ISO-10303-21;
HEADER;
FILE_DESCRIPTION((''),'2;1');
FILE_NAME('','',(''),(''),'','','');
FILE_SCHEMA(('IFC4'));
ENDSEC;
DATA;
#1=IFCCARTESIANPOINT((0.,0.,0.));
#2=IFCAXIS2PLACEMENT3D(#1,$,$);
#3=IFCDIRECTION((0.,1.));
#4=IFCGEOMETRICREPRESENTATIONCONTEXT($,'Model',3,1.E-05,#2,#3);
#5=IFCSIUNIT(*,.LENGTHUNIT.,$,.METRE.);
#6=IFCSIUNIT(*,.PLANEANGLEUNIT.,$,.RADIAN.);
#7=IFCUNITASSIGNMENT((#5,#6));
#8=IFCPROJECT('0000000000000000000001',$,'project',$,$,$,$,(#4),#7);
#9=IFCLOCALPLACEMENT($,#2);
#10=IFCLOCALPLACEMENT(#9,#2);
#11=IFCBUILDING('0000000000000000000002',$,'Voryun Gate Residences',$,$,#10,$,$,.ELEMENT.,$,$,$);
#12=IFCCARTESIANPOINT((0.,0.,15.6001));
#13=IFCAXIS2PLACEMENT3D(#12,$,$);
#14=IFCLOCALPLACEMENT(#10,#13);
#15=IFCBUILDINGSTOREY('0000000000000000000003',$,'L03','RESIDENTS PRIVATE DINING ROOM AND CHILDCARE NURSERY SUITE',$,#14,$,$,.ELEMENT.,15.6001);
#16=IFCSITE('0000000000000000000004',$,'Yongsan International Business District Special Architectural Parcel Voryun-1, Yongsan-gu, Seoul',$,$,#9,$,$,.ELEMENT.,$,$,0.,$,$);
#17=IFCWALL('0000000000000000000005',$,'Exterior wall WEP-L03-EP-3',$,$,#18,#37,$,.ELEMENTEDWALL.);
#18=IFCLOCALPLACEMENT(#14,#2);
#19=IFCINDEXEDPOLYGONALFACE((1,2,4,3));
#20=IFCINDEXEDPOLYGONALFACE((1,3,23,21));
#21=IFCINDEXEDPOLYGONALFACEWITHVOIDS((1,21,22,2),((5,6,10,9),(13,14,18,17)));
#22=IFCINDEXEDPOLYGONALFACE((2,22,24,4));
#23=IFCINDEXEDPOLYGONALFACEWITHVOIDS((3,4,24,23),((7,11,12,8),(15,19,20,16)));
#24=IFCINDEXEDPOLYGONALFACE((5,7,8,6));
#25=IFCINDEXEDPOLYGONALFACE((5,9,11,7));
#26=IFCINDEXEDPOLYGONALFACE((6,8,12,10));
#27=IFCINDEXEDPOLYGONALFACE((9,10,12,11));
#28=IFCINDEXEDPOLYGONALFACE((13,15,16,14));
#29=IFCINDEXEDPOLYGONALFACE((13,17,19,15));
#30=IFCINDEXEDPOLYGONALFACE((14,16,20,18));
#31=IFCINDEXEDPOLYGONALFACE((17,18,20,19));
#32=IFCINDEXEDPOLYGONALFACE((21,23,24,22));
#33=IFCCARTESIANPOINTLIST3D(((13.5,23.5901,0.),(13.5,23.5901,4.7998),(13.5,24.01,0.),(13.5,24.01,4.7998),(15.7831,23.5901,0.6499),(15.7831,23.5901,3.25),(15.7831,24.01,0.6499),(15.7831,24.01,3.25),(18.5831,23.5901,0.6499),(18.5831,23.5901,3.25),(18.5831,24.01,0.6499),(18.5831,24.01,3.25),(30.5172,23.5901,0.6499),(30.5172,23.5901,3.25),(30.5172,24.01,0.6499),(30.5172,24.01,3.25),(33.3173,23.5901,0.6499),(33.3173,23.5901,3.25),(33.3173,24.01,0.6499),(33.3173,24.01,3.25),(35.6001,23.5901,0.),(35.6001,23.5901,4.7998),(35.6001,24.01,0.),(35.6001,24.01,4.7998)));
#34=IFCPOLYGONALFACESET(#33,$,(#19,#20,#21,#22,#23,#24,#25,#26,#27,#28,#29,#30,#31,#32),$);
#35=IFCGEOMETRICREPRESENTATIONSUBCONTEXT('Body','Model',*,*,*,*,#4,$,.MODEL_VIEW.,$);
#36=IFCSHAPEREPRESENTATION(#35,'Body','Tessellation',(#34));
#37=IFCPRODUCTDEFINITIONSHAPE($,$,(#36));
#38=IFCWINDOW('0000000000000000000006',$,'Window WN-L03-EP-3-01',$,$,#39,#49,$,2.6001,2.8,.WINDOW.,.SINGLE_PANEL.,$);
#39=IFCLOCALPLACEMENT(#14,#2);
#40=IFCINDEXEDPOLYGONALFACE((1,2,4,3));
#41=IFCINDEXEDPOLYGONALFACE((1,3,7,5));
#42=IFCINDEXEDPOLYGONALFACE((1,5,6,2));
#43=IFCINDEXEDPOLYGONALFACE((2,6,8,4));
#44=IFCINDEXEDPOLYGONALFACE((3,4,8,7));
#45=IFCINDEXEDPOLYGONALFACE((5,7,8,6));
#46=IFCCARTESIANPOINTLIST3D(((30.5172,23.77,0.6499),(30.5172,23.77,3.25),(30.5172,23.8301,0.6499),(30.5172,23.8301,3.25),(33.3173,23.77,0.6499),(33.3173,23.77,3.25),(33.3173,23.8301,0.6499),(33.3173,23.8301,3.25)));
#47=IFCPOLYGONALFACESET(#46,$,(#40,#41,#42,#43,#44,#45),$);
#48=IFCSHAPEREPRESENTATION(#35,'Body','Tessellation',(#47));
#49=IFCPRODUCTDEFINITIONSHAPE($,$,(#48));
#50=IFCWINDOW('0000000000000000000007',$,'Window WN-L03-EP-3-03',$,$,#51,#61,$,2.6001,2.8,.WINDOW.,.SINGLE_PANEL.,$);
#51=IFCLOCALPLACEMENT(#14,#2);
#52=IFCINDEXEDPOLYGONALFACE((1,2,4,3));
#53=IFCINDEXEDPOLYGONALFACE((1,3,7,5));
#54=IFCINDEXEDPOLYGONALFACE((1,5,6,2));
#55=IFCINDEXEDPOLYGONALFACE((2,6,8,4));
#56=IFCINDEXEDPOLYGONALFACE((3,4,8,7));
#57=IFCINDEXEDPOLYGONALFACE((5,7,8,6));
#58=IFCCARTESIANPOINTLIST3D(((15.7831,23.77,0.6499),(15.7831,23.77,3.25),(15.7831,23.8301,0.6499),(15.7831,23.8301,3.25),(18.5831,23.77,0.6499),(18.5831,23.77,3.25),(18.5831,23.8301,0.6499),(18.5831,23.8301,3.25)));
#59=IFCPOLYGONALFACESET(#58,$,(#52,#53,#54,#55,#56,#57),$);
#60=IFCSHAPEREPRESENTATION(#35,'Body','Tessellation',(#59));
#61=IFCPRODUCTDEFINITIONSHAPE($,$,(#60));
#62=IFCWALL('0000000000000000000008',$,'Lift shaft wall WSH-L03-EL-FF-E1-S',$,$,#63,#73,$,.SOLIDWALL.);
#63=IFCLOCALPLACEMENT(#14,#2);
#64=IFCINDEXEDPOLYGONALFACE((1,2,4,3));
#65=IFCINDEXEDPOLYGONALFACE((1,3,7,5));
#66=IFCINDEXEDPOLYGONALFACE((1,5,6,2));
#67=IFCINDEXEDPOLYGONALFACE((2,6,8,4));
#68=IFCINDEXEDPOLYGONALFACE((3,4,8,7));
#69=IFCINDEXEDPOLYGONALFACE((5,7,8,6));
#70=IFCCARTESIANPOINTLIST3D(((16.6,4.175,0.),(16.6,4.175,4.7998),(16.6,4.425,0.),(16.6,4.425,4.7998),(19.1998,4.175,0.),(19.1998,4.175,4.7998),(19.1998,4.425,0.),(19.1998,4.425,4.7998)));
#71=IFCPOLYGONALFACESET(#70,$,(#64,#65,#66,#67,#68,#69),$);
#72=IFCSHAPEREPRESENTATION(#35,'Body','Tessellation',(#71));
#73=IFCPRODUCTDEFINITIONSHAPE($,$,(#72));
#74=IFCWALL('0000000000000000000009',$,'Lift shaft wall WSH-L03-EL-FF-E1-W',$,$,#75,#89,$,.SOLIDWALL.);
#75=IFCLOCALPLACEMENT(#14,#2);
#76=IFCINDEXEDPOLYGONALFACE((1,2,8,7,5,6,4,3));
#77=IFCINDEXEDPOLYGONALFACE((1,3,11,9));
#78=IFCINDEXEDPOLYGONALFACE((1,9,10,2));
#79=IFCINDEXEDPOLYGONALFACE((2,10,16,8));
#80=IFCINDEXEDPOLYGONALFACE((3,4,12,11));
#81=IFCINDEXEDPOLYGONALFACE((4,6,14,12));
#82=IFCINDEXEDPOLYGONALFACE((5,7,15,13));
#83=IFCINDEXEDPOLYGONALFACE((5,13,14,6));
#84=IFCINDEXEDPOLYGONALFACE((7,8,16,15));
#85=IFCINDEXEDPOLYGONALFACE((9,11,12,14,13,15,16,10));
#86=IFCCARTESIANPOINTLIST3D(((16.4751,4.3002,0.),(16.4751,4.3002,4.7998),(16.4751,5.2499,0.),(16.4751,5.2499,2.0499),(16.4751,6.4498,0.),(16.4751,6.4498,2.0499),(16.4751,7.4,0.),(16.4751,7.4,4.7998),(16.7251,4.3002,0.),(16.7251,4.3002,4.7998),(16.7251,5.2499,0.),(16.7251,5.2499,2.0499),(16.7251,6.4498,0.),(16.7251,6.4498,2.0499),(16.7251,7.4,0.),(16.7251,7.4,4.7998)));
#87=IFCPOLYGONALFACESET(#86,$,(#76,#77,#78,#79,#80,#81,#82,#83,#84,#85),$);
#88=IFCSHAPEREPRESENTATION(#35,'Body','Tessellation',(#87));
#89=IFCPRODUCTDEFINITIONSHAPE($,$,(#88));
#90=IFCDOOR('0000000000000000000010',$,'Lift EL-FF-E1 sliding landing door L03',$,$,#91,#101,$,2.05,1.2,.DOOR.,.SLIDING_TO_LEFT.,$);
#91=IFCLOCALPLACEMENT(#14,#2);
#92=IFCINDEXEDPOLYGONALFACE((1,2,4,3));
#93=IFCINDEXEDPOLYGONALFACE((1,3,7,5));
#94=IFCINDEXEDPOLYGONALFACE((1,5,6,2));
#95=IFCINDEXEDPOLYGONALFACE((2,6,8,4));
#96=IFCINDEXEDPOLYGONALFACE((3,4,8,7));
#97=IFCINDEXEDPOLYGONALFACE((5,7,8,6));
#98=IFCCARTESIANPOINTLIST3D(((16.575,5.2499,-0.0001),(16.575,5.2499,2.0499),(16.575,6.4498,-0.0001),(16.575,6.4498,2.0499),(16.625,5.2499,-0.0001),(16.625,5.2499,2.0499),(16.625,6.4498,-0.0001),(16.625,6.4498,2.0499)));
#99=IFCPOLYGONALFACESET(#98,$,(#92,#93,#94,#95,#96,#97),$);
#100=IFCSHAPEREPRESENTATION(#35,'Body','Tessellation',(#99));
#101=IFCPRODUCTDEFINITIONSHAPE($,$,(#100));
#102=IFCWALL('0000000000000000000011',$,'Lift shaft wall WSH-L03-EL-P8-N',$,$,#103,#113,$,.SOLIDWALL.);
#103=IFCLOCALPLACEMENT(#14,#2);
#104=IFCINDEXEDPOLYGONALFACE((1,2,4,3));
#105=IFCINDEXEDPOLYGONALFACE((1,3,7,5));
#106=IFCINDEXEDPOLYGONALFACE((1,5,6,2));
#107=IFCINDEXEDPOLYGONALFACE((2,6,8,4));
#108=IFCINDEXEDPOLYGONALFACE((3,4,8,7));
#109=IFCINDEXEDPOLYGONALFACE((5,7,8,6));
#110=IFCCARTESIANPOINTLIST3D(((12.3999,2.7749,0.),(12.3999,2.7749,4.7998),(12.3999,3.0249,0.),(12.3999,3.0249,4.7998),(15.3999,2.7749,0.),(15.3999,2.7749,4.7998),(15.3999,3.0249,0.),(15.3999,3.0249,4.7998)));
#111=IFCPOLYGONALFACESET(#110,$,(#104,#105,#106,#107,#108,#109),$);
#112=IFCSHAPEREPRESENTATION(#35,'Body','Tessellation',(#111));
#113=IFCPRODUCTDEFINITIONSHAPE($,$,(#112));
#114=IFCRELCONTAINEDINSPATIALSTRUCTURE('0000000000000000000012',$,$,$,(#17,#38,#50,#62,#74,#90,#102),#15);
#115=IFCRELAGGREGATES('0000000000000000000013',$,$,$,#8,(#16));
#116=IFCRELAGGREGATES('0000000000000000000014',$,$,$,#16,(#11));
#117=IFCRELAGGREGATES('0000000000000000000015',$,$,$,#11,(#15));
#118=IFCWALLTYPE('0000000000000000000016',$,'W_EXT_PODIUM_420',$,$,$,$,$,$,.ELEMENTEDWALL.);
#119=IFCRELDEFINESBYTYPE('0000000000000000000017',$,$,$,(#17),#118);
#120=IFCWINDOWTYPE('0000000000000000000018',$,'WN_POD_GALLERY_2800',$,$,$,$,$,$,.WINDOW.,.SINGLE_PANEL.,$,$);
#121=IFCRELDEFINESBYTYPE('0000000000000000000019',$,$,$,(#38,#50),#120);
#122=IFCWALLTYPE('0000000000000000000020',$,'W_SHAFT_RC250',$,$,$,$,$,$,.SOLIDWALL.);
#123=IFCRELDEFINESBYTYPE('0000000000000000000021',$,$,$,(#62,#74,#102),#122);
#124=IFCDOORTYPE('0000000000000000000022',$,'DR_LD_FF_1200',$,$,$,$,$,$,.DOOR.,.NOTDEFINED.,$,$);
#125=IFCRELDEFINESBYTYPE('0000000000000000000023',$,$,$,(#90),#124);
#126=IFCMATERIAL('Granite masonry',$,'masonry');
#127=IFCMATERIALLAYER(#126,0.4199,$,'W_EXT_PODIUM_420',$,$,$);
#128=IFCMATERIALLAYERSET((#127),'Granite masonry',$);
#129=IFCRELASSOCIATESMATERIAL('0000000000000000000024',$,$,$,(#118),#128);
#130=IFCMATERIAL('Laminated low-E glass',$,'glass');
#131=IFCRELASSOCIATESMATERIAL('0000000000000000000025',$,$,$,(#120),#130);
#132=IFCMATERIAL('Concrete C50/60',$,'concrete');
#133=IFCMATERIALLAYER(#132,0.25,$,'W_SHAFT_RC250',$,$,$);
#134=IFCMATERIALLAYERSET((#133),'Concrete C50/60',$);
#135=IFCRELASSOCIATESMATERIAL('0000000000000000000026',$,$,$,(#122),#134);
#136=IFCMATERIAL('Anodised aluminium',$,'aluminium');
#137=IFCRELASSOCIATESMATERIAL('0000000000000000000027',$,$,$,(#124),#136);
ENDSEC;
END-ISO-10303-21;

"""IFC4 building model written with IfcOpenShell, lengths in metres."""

from ifc_helpers import new_model, si_unit, direction, frame, frame_2d, origin, place, context, subcontext, project, spatial, rectangle, extrude, material, layer, layer_set, type_object, element, fill, save


model = new_model("IFC4")

# Units and contexts
model_context = context("Model", 3, precision=1e-05, world=origin(), true_north=direction((0.0, 1.0)))
body_context = subcontext(model_context, "Body", "Model", "MODEL_VIEW")
ifc_project = project(units=[si_unit("LENGTHUNIT", "METRE"), si_unit("PLANEANGLEUNIT", "RADIAN")], contexts=[model_context])

# Site, building, storey
site_placement = place(None, origin())
site = spatial("IfcSite", under=ifc_project, at=site_placement, Name="Yongsan International Business District Special Architectural Parcel Voryun-1, Yongsan-gu, Seoul", CompositionType="ELEMENT", RefElevation=0.0)
building_placement = place(site_placement, origin())
building = spatial("IfcBuilding", under=site, at=building_placement, Name="Voryun Gate Residences", CompositionType="ELEMENT")
storey_placement = place(building_placement, frame((0.0, 0.0, 15.6001)))
storey = spatial("IfcBuildingStorey", under=building, at=storey_placement, Name="L03", Description="RESIDENTS PRIVATE DINING ROOM AND CHILDCARE NURSERY SUITE", CompositionType="ELEMENT", Elevation=15.6001)

# Shared definitions
ifc_material_1 = material(Name="Granite masonry", Category="masonry")
ifc_layer_1 = layer(ifc_material_1, 0.4199, Name="W_EXT_PODIUM_420")
ifc_layer_set_1 = layer_set([ifc_layer_1], Name="Granite masonry")
wall_type_1 = type_object("IfcWallType", Name="W_EXT_PODIUM_420", PredefinedType="ELEMENTEDWALL", material=ifc_layer_set_1)

# Wall, openings, windows
wall_1_placement = place(storey_placement, frame((35.6001, 23.8, 0.0), z_axis=(0.0, 0.0, 1.0), x_axis=(-1.0, 0.0, 0.0)))
wall_1 = element("IfcWall", 1, at=wall_1_placement, inside=storey, type_object=wall_type_1, Name="Exterior wall WEP-L03-EP-3", PredefinedType="ELEMENTEDWALL", context=body_context, shape_type="SweptSolid", body=[
    extrude(rectangle(XDim=22.1001, YDim=0.4199, at=frame_2d((11.05, 0.0))), origin(), (0.0, 0.0, 1.0), 4.7998),
])
opening_1_placement = place(wall_1_placement, frame((2.283, 0.0, 0.6499)))
opening_1 = element("IfcOpeningElement", 2, at=opening_1_placement, cuts=wall_1, PredefinedType="OPENING", context=body_context, shape_type="SweptSolid", body=[
    extrude(rectangle(XDim=2.8, YDim=2.6001, at=frame_2d((1.3999, 1.3))), frame((0.0, 0.22, 0.0), z_axis=(0.0, -1.0, 0.0), x_axis=(1.0, 0.0, 0.0)), (0.0, 0.0, 1.0), 0.4399),
])
opening_2_placement = place(wall_1_placement, frame((17.0171, 0.0, 0.6499)))
opening_2 = element("IfcOpeningElement", 3, at=opening_2_placement, cuts=wall_1, PredefinedType="OPENING", context=body_context, shape_type="SweptSolid", body=[
    extrude(rectangle(XDim=2.8, YDim=2.6001, at=frame_2d((1.3999, 1.3))), frame((0.0, 0.22, 0.0), z_axis=(0.0, -1.0, 0.0), x_axis=(1.0, 0.0, 0.0)), (0.0, 0.0, 1.0), 0.4399),
])
ifc_material_2 = material(Name="Laminated low-E glass", Category="glass")
window_type = type_object("IfcWindowType", Name="WN_POD_GALLERY_2800", PartitioningType="SINGLE_PANEL", PredefinedType="WINDOW", material=ifc_material_2)
window_1_placement = place(opening_1_placement, origin())
window_1 = element("IfcWindow", 4, at=window_1_placement, inside=storey, type_object=window_type, Name="Window WN-L03-EP-3-01", OverallHeight=2.6001, OverallWidth=2.8, PartitioningType="SINGLE_PANEL", PredefinedType="WINDOW", context=body_context, shape_type="SweptSolid", body=[
    extrude(rectangle(XDim=2.8, YDim=2.6001, at=frame_2d((1.3999, 1.3))), frame((0.0, 0.03, 0.0), z_axis=(0.0, -1.0, 0.0), x_axis=(1.0, 0.0, 0.0)), (0.0, 0.0, 1.0), 0.0601),
])
fill(opening_1, window_1)
window_2_placement = place(opening_2_placement, origin())
window_2 = element("IfcWindow", 5, at=window_2_placement, inside=storey, type_object=window_type, Name="Window WN-L03-EP-3-03", OverallHeight=2.6001, OverallWidth=2.8, PartitioningType="SINGLE_PANEL", PredefinedType="WINDOW", context=body_context, shape_type="SweptSolid", body=[
    extrude(rectangle(XDim=2.8, YDim=2.6001, at=frame_2d((1.3999, 1.3))), frame((0.0, 0.03, 0.0), z_axis=(0.0, -1.0, 0.0), x_axis=(1.0, 0.0, 0.0)), (0.0, 0.0, 1.0), 0.0601),
])
fill(opening_2, window_2)

# Wall
ifc_material_3 = material(Name="Concrete C50/60", Category="concrete")
ifc_layer_2 = layer(ifc_material_3, 0.25, Name="W_SHAFT_RC250")
ifc_layer_set_2 = layer_set([ifc_layer_2], Name="Concrete C50/60")
wall_type_2 = type_object("IfcWallType", Name="W_SHAFT_RC250", PredefinedType="SOLIDWALL", material=ifc_layer_set_2)
wall_2_placement = place(storey_placement, frame((16.6001, 4.3, 0.0), z_axis=(0.0, 0.0, 1.0), x_axis=(1.0, 0.0, 0.0)))
element("IfcWall", 6, at=wall_2_placement, inside=storey, type_object=wall_type_2, Name="Lift shaft wall WSH-L03-EL-FF-E1-S", PredefinedType="SOLIDWALL", context=body_context, shape_type="SweptSolid", body=[
    extrude(rectangle(XDim=2.5999, YDim=0.25, at=frame_2d((1.2998, 0.0))), origin(), (0.0, 0.0, 1.0), 4.7998),
])

# Wall, opening, door
wall_3_placement = place(storey_placement, frame((16.6001, 7.3999, 0.0), z_axis=(0.0, 0.0, 1.0), x_axis=(0.0, -1.0, 0.0)))
wall_3 = element("IfcWall", 7, at=wall_3_placement, inside=storey, type_object=wall_type_2, Name="Lift shaft wall WSH-L03-EL-FF-E1-W", PredefinedType="SOLIDWALL", context=body_context, shape_type="SweptSolid", body=[
    extrude(rectangle(XDim=3.0999, YDim=0.25, at=frame_2d((1.5498, 0.0))), origin(), (0.0, 0.0, 1.0), 4.7998),
])
opening_3_placement = place(wall_3_placement, frame((0.95, 0.0, 0.0)))
opening_3 = element("IfcOpeningElement", 8, at=opening_3_placement, cuts=wall_3, PredefinedType="OPENING", context=body_context, shape_type="SweptSolid", body=[
    extrude(rectangle(XDim=1.2, YDim=2.05, at=frame_2d((0.6001, 1.0249))), frame((0.0, 0.135, 0.0), z_axis=(0.0, -1.0, 0.0), x_axis=(1.0, 0.0, 0.0)), (0.0, 0.0, 1.0), 0.27),
])
ifc_material_4 = material(Name="Anodised aluminium", Category="aluminium")
door_type = type_object("IfcDoorType", Name="DR_LD_FF_1200", OperationType="NOTDEFINED", PredefinedType="DOOR", material=ifc_material_4)
door_placement = place(opening_3_placement, origin())
door = element("IfcDoor", 9, at=door_placement, inside=storey, type_object=door_type, Name="Lift EL-FF-E1 sliding landing door L03", OperationType="SLIDING_TO_LEFT", OverallHeight=2.05, OverallWidth=1.2, PredefinedType="DOOR", context=body_context, shape_type="SweptSolid", body=[
    extrude(rectangle(XDim=1.2, YDim=2.05, at=frame_2d((0.6001, 1.0249))), frame((0.0, 0.0249, 0.0), z_axis=(0.0, -1.0, 0.0), x_axis=(1.0, 0.0, 0.0)), (0.0, 0.0, 1.0), 0.05),
])
fill(opening_3, door)

# Wall
wall_4_placement = place(storey_placement, frame((15.3999, 2.8999, 0.0), z_axis=(0.0, 0.0, 1.0), x_axis=(-1.0, 0.0, 0.0)))
element("IfcWall", 10, at=wall_4_placement, inside=storey, type_object=wall_type_2, Name="Lift shaft wall WSH-L03-EL-P8-N", PredefinedType="SOLIDWALL", context=body_context, shape_type="SweptSolid", body=[
    extrude(rectangle(XDim=3.0, YDim=0.25, at=frame_2d((1.5, 0.0))), origin(), (0.0, 0.0, 1.0), 4.7998),
])

save(model, "model.ifc")
